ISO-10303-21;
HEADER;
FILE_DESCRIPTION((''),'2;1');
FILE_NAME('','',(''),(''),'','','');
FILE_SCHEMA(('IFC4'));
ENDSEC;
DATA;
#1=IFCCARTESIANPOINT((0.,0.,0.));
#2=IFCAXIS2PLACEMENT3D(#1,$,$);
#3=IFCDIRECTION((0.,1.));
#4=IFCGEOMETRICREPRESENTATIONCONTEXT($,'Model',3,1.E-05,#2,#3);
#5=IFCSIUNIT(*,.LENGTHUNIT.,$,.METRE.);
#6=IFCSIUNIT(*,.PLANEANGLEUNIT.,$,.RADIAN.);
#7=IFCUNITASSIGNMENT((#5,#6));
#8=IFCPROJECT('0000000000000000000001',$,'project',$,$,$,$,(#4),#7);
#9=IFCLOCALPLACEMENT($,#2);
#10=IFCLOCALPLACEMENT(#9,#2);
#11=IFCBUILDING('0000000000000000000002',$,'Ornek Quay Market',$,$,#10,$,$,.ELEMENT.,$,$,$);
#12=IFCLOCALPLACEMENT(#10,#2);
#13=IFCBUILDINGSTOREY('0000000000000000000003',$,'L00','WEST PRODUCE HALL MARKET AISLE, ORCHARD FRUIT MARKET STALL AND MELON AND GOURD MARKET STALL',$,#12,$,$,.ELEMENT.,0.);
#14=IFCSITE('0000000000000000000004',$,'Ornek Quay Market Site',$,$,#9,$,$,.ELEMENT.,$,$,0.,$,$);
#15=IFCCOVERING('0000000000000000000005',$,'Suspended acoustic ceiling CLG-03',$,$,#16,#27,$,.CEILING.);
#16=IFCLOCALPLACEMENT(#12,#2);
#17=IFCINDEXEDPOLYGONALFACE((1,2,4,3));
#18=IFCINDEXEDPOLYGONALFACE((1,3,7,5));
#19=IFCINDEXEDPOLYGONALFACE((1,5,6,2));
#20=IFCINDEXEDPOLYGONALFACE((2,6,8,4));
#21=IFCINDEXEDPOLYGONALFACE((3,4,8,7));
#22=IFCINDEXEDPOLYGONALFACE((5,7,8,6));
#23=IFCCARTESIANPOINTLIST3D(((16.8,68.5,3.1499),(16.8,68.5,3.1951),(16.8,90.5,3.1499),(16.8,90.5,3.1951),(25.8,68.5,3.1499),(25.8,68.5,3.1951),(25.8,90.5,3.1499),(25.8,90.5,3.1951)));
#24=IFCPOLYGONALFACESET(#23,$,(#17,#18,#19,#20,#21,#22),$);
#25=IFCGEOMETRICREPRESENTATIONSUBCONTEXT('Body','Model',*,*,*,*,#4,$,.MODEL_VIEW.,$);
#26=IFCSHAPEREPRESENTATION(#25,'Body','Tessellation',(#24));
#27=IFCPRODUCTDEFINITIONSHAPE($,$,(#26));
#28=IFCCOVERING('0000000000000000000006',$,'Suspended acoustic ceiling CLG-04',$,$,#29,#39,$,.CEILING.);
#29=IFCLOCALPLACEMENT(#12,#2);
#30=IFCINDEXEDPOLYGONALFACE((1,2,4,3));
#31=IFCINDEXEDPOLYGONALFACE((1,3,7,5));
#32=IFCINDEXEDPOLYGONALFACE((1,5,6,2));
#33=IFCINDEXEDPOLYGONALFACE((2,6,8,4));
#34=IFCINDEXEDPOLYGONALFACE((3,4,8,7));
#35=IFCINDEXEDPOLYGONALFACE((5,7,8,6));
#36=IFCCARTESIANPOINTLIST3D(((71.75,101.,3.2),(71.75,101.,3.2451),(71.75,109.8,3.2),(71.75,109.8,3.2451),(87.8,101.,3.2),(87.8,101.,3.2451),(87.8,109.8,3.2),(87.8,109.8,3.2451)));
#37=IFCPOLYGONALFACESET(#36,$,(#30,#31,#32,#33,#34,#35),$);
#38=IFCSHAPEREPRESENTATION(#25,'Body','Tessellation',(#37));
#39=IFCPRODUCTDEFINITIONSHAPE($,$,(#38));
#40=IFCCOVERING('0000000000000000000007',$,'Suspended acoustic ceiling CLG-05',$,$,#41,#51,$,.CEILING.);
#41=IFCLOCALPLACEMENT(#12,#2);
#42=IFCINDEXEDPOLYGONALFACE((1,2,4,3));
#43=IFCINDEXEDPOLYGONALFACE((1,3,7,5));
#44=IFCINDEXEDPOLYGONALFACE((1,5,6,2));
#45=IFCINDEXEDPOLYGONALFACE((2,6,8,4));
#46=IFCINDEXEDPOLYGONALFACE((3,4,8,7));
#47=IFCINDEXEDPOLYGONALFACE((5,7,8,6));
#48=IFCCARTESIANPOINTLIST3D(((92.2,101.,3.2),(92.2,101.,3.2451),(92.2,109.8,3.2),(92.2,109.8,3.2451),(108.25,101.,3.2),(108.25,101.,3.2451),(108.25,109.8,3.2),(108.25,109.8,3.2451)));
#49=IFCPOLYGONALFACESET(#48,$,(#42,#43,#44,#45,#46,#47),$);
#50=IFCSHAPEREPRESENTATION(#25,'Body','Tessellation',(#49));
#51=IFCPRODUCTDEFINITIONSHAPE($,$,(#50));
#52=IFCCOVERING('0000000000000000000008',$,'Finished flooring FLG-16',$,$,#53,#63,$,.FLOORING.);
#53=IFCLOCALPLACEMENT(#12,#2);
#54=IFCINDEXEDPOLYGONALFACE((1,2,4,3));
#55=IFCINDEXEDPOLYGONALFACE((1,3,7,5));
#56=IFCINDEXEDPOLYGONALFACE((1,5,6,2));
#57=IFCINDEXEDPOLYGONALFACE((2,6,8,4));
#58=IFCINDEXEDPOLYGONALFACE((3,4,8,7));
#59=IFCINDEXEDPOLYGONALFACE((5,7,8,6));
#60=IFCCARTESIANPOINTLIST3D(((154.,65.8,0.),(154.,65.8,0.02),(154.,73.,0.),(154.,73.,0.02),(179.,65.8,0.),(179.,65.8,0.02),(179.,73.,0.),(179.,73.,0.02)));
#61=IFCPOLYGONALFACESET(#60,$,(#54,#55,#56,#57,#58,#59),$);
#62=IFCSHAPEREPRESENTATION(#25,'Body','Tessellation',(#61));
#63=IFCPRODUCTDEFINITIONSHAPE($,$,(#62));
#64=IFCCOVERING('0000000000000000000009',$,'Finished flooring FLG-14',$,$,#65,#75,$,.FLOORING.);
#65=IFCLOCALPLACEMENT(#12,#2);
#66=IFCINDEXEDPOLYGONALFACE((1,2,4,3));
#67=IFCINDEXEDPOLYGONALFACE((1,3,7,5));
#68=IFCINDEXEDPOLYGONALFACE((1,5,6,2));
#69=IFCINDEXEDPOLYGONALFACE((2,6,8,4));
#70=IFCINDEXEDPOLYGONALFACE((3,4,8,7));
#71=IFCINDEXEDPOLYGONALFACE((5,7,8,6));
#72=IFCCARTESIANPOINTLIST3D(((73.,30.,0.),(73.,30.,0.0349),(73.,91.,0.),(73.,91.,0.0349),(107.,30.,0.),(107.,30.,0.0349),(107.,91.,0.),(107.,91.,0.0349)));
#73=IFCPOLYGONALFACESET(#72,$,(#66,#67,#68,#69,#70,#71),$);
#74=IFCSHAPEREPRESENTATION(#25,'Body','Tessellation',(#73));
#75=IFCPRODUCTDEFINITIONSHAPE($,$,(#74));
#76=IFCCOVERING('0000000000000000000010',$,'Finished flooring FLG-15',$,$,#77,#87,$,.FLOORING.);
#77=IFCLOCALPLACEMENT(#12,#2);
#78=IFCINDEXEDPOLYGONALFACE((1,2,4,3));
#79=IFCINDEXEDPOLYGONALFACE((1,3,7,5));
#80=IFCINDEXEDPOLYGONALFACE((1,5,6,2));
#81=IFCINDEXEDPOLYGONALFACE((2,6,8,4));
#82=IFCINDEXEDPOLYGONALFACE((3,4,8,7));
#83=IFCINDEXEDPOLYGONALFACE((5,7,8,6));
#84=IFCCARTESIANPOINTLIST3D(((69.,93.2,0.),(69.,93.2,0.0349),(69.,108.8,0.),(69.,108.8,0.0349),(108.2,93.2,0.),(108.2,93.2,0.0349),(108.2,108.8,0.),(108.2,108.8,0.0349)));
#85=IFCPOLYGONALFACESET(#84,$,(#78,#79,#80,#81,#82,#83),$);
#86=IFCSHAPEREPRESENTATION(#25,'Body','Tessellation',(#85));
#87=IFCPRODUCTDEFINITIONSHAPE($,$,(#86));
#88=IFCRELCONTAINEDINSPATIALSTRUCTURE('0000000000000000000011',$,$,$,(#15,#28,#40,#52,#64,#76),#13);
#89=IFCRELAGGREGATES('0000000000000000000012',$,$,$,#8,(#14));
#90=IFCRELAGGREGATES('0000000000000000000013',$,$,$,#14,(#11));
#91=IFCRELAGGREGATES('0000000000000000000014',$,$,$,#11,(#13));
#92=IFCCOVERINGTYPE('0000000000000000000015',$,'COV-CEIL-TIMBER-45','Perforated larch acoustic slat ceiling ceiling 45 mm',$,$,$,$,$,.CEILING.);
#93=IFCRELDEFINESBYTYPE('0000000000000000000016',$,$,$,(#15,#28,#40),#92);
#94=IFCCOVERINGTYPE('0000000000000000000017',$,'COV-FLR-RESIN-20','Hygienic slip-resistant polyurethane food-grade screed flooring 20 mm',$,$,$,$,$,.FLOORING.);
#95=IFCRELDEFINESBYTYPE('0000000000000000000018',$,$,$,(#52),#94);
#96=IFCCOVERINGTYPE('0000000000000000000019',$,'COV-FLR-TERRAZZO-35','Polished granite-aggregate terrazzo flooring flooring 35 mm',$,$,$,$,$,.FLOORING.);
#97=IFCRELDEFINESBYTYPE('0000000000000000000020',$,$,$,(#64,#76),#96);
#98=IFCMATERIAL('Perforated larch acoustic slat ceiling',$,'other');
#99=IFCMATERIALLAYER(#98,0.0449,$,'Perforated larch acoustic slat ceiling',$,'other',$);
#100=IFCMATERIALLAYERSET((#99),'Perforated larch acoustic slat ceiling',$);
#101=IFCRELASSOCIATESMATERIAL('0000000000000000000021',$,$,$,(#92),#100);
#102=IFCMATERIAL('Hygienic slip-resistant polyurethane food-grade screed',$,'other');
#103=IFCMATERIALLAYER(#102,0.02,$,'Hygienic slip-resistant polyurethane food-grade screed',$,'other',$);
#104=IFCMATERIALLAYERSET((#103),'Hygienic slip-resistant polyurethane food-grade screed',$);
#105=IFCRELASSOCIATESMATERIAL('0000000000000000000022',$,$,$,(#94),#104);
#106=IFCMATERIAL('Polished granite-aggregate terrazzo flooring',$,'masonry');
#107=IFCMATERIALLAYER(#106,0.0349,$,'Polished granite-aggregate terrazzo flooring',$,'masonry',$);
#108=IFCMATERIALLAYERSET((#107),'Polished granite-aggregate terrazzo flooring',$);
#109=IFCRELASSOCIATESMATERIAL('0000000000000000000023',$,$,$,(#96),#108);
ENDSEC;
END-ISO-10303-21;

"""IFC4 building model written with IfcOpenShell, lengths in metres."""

from ifc_helpers import new_model, si_unit, direction, frame, origin, place, context, subcontext, project, spatial, polyline, outline, extrude, material, layer, layer_set, type_object, element, save


model = new_model("IFC4")

# Units and contexts
model_context = context("Model", 3, precision=1e-05, world=origin(), true_north=direction((0.0, 1.0)))
body_context = subcontext(model_context, "Body", "Model", "MODEL_VIEW")
ifc_project = project(units=[si_unit("LENGTHUNIT", "METRE"), si_unit("PLANEANGLEUNIT", "RADIAN")], contexts=[model_context])

# Site, building, storey
site_placement = place(None, origin())
site = spatial("IfcSite", under=ifc_project, at=site_placement, Name="Ornek Quay Market Site", CompositionType="ELEMENT", RefElevation=0.0)
building_placement = place(site_placement, origin())
building = spatial("IfcBuilding", under=site, at=building_placement, Name="Ornek Quay Market", CompositionType="ELEMENT")
storey_placement = place(building_placement, origin())
storey = spatial("IfcBuildingStorey", under=building, at=storey_placement, Name="L00", Description="WEST PRODUCE HALL MARKET AISLE, ORCHARD FRUIT MARKET STALL AND MELON AND GOURD MARKET STALL", CompositionType="ELEMENT", Elevation=0.0)

# Coverings
ifc_material_1 = material(Name="Perforated larch acoustic slat ceiling", Category="other")
ifc_layer_1 = layer(ifc_material_1, 0.0449, Name="Perforated larch acoustic slat ceiling", Category="other")
ifc_layer_set_1 = layer_set([ifc_layer_1], Name="Perforated larch acoustic slat ceiling")
covering_type_1 = type_object("IfcCoveringType", Name="COV-CEIL-TIMBER-45", Description="Perforated larch acoustic slat ceiling ceiling 45 mm", PredefinedType="CEILING", material=ifc_layer_set_1)
covering_1_placement = place(storey_placement, frame((0.0, 0.0, 3.1499)))
element("IfcCovering", 1, at=covering_1_placement, inside=storey, type_object=covering_type_1, Name="Suspended acoustic ceiling CLG-03", PredefinedType="CEILING", context=body_context, shape_type="SweptSolid", body=[
    extrude(outline(polyline([(16.8, 68.5), (25.8, 68.5), (25.8, 90.5), (16.8, 90.5), (16.8, 68.5)])), origin(), (0.0, 0.0, 1.0), 0.0452),
])
covering_2_placement = place(storey_placement, frame((0.0, 0.0, 3.2)))
element("IfcCovering", 2, at=covering_2_placement, inside=storey, type_object=covering_type_1, Name="Suspended acoustic ceiling CLG-04", PredefinedType="CEILING", context=body_context, shape_type="SweptSolid", body=[
    extrude(outline(polyline([(71.75, 101.0), (87.8, 101.0), (87.8, 109.8), (71.75, 109.8), (71.75, 101.0)])), origin(), (0.0, 0.0, 1.0), 0.0452),
])
covering_3_placement = place(storey_placement, frame((0.0, 0.0, 3.2)))
element("IfcCovering", 3, at=covering_3_placement, inside=storey, type_object=covering_type_1, Name="Suspended acoustic ceiling CLG-05", PredefinedType="CEILING", context=body_context, shape_type="SweptSolid", body=[
    extrude(outline(polyline([(92.2, 101.0), (108.25, 101.0), (108.25, 109.8), (92.2, 109.8), (92.2, 101.0)])), origin(), (0.0, 0.0, 1.0), 0.0452),
])
ifc_material_2 = material(Name="Hygienic slip-resistant polyurethane food-grade screed", Category="other")
ifc_layer_2 = layer(ifc_material_2, 0.02, Name="Hygienic slip-resistant polyurethane food-grade screed", Category="other")
ifc_layer_set_2 = layer_set([ifc_layer_2], Name="Hygienic slip-resistant polyurethane food-grade screed")
covering_type_2 = type_object("IfcCoveringType", Name="COV-FLR-RESIN-20", Description="Hygienic slip-resistant polyurethane food-grade screed flooring 20 mm", PredefinedType="FLOORING", material=ifc_layer_set_2)
covering_4_placement = place(storey_placement, origin())
element("IfcCovering", 4, at=covering_4_placement, inside=storey, type_object=covering_type_2, Name="Finished flooring FLG-16", PredefinedType="FLOORING", context=body_context, shape_type="SweptSolid", body=[
    extrude(outline(polyline([(154.0, 65.8), (179.0, 65.8), (179.0, 73.0), (154.0, 73.0), (154.0, 65.8)])), origin(), (0.0, 0.0, 1.0), 0.02),
])
ifc_material_3 = material(Name="Polished granite-aggregate terrazzo flooring", Category="masonry")
ifc_layer_3 = layer(ifc_material_3, 0.0349, Name="Polished granite-aggregate terrazzo flooring", Category="masonry")
ifc_layer_set_3 = layer_set([ifc_layer_3], Name="Polished granite-aggregate terrazzo flooring")
covering_type_3 = type_object("IfcCoveringType", Name="COV-FLR-TERRAZZO-35", Description="Polished granite-aggregate terrazzo flooring flooring 35 mm", PredefinedType="FLOORING", material=ifc_layer_set_3)
covering_5_placement = place(storey_placement, origin())
element("IfcCovering", 5, at=covering_5_placement, inside=storey, type_object=covering_type_3, Name="Finished flooring FLG-14", PredefinedType="FLOORING", context=body_context, shape_type="SweptSolid", body=[
    extrude(outline(polyline([(73.0, 30.0), (107.0, 30.0), (107.0, 91.0), (73.0, 91.0), (73.0, 30.0)])), origin(), (0.0, 0.0, 1.0), 0.0349),
])
covering_6_placement = place(storey_placement, origin())
element("IfcCovering", 6, at=covering_6_placement, inside=storey, type_object=covering_type_3, Name="Finished flooring FLG-15", PredefinedType="FLOORING", context=body_context, shape_type="SweptSolid", body=[
    extrude(outline(polyline([(69.0, 93.2), (108.2, 93.2), (108.2, 108.8), (69.0, 108.8), (69.0, 93.2)])), origin(), (0.0, 0.0, 1.0), 0.0349),
])

save(model, "model.ifc")
